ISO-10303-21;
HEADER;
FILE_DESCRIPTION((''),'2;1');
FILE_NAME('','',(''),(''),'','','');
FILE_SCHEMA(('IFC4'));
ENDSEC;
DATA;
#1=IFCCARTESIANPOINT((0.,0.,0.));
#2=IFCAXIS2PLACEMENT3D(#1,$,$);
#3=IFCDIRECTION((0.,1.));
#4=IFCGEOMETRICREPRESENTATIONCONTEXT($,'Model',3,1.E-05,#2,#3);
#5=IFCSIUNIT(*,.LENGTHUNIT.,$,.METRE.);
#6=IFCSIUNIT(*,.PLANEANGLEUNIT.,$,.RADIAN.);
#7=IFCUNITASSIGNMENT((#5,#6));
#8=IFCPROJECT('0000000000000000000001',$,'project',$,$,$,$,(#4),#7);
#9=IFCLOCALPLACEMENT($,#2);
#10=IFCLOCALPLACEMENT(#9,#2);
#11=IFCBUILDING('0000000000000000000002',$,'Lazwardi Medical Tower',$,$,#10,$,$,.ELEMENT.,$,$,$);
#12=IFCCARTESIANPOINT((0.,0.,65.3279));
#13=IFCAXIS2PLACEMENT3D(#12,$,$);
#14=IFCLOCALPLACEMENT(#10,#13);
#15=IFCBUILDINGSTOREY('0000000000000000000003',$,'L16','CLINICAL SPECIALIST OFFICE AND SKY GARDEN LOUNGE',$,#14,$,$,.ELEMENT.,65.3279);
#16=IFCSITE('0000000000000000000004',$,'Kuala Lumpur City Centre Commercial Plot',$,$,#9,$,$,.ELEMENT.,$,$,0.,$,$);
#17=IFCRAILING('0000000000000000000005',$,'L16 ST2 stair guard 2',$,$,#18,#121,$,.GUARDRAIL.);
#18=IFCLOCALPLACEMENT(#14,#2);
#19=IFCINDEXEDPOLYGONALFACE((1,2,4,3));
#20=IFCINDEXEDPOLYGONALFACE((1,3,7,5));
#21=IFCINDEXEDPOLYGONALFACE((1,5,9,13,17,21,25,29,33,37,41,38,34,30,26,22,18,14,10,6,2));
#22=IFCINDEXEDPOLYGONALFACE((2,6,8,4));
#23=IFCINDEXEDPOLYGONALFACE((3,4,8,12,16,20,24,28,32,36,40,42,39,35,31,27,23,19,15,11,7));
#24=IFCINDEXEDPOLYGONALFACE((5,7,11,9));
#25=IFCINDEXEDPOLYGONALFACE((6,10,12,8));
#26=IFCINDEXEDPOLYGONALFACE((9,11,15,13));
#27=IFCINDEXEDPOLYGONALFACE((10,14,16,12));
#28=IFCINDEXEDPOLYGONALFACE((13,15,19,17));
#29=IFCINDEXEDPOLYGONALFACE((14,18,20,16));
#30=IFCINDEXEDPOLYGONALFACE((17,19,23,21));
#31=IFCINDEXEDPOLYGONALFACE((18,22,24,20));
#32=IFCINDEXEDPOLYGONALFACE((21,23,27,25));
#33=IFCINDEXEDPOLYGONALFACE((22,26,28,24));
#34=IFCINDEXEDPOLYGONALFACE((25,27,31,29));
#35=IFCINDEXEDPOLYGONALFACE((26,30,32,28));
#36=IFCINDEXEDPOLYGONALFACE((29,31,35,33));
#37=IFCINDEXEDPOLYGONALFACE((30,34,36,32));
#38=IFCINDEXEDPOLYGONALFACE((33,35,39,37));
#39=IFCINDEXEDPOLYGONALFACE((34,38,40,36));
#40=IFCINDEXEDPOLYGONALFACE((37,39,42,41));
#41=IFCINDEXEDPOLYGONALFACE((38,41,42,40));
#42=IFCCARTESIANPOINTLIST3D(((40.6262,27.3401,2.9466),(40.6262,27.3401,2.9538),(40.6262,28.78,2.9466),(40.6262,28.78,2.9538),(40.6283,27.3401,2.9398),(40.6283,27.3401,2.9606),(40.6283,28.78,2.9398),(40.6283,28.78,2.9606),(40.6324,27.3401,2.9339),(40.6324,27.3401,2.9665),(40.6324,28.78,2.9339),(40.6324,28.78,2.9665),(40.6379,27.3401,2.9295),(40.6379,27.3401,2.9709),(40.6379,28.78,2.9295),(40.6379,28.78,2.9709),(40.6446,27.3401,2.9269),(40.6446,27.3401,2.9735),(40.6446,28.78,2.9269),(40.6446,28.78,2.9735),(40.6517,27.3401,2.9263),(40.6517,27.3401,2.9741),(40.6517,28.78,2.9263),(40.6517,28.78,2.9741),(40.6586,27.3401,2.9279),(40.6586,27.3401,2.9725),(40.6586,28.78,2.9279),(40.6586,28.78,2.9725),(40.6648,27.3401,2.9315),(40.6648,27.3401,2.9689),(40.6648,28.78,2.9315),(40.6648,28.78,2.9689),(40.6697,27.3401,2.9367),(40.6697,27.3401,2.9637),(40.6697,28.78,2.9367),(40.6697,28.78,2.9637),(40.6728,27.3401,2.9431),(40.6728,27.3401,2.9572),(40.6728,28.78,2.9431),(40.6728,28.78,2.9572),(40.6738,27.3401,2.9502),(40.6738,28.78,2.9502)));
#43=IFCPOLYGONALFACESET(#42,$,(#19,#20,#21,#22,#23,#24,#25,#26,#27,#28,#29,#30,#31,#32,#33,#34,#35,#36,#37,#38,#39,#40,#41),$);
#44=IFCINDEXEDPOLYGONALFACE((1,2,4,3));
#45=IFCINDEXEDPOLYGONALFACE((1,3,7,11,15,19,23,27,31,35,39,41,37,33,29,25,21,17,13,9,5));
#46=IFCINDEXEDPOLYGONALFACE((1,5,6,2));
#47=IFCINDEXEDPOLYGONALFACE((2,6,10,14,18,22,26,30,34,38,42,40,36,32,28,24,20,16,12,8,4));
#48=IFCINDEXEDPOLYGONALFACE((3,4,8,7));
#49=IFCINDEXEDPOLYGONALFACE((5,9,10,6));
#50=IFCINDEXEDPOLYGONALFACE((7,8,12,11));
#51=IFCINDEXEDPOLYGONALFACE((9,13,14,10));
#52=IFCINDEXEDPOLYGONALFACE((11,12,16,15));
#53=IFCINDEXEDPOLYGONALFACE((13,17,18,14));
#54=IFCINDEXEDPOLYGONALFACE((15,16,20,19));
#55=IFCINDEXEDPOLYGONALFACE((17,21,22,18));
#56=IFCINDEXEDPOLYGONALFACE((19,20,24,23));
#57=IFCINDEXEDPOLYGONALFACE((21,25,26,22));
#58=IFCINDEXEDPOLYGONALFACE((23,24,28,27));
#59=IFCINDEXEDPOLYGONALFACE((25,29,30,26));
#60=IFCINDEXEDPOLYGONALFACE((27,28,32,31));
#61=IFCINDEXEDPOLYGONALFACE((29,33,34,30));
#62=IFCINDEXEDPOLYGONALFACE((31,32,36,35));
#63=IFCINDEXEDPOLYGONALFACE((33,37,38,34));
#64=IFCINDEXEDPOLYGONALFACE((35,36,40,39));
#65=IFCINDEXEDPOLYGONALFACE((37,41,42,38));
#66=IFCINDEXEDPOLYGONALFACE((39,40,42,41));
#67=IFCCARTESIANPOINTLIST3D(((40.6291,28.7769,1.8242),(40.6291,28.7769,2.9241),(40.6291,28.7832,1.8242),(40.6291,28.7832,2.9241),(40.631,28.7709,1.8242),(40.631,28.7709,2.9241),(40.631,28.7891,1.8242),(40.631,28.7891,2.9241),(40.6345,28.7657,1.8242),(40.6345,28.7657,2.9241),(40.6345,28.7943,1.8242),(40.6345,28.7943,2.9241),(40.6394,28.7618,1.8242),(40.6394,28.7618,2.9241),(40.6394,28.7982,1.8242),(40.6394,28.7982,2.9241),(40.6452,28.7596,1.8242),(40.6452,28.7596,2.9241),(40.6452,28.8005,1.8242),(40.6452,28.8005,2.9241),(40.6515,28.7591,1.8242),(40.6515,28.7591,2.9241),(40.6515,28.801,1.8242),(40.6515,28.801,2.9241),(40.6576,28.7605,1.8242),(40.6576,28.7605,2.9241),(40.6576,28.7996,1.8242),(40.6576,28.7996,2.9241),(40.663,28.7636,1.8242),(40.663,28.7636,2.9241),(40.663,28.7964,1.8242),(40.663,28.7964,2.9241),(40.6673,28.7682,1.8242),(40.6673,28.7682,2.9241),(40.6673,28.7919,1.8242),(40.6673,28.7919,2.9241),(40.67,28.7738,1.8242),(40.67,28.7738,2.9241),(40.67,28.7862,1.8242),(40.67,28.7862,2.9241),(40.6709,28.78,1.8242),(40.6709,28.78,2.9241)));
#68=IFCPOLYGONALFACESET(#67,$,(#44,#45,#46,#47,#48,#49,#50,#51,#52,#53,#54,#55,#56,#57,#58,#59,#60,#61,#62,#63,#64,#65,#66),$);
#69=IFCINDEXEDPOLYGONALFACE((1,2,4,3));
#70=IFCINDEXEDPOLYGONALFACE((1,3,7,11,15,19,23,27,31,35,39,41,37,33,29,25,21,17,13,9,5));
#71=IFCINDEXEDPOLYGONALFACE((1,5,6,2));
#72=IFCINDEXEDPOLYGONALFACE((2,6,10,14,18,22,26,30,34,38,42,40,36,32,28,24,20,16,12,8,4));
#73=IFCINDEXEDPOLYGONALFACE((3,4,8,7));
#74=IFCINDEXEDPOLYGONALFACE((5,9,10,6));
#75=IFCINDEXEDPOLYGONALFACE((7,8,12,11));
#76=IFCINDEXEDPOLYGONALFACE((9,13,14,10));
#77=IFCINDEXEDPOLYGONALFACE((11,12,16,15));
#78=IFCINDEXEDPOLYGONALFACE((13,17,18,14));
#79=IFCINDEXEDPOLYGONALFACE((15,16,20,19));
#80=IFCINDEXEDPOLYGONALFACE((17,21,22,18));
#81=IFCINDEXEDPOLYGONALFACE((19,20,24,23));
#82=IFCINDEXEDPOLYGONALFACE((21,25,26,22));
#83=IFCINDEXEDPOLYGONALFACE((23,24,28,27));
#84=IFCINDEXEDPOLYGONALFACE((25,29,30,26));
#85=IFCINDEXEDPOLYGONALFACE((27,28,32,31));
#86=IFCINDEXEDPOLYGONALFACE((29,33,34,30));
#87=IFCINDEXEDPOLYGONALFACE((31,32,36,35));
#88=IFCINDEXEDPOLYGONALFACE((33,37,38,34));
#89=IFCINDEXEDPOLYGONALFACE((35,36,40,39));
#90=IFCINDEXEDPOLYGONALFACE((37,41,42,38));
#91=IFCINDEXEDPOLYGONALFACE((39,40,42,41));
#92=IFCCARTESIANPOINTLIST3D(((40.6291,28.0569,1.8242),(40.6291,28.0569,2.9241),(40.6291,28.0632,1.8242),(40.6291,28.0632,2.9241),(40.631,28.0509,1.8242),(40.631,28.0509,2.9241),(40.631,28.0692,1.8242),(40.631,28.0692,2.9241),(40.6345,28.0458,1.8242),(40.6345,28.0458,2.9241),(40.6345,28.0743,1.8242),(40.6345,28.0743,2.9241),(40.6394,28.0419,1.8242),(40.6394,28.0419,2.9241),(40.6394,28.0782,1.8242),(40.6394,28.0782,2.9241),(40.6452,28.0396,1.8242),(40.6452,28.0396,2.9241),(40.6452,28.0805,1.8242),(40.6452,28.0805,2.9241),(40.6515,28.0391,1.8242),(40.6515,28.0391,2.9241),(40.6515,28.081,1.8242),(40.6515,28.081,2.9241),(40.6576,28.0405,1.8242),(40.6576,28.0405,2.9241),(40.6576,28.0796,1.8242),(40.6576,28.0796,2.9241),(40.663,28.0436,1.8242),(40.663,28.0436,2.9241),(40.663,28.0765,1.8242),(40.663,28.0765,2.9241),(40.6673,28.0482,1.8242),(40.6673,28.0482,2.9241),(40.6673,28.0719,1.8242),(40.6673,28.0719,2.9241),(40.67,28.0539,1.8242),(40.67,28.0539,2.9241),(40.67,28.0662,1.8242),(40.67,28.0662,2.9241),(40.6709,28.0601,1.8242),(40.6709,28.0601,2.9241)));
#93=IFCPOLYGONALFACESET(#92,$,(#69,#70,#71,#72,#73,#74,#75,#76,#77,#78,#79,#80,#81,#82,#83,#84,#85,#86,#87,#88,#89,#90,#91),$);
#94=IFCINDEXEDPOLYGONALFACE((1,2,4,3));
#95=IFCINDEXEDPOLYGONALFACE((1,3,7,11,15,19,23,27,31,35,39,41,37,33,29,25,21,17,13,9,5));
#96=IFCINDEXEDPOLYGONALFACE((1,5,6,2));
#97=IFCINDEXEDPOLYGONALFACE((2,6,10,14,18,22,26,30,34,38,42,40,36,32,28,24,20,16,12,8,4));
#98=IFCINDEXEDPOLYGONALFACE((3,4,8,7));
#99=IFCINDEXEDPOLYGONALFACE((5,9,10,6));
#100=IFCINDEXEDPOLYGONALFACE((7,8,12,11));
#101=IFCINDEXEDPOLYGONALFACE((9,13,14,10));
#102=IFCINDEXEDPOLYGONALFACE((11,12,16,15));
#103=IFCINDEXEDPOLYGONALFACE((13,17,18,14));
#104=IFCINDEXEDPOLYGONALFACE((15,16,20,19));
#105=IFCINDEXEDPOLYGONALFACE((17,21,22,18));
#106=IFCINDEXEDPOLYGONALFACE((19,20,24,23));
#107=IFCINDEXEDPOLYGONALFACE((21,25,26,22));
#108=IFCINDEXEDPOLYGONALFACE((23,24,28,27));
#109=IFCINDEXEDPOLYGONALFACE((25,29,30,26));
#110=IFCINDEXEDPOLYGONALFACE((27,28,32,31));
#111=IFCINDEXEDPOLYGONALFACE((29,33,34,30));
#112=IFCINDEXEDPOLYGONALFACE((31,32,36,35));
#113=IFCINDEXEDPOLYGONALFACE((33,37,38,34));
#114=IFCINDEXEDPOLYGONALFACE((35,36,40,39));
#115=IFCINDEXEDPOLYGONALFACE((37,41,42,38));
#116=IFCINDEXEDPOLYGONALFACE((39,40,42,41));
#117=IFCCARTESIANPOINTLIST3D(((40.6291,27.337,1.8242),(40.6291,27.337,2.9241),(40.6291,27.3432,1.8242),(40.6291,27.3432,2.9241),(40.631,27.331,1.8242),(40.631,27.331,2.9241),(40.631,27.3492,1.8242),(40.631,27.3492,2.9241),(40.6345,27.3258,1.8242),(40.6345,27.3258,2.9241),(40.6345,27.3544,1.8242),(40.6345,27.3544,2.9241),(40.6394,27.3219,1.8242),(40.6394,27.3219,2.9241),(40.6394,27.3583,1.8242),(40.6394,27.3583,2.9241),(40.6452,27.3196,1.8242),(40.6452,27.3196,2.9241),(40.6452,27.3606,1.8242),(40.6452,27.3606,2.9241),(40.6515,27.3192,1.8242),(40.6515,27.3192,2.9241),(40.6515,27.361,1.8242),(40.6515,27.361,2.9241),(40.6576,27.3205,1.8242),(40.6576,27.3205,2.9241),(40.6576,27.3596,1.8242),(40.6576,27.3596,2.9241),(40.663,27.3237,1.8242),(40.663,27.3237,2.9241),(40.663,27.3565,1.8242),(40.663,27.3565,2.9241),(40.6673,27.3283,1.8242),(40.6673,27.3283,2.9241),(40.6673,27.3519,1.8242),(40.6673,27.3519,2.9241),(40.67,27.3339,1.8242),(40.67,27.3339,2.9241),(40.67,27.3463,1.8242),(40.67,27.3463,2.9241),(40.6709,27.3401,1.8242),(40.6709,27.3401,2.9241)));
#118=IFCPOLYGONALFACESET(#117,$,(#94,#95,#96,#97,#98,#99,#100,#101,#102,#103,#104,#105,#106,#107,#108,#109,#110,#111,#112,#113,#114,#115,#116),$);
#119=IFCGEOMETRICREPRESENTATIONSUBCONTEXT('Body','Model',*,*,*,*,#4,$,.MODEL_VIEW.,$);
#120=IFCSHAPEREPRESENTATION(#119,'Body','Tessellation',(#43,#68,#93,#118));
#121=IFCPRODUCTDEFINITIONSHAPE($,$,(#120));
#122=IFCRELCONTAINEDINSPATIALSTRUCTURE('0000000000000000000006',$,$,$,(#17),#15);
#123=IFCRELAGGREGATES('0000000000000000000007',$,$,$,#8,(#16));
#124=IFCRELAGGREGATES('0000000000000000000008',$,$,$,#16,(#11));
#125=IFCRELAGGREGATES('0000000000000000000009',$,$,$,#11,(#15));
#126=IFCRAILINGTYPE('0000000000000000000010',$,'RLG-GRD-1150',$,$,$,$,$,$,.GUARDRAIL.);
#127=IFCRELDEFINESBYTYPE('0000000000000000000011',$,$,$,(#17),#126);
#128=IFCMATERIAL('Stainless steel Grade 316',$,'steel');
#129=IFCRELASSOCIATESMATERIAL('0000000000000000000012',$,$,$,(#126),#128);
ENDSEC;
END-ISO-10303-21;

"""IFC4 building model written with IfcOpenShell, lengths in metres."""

from ifc_helpers import new_model, si_unit, direction, frame, origin, origin_2d, place, context, subcontext, project, spatial, circle, extrude, material, type_object, element, save


model = new_model("IFC4")

# Units and contexts
model_context = context("Model", 3, precision=1e-05, world=origin(), true_north=direction((0.0, 1.0)))
body_context = subcontext(model_context, "Body", "Model", "MODEL_VIEW")
ifc_project = project(units=[si_unit("LENGTHUNIT", "METRE"), si_unit("PLANEANGLEUNIT", "RADIAN")], contexts=[model_context])

# Site, building, storey
site_placement = place(None, origin())
site = spatial("IfcSite", under=ifc_project, at=site_placement, Name="Kuala Lumpur City Centre Commercial Plot", CompositionType="ELEMENT", RefElevation=0.0)
building_placement = place(site_placement, origin())
building = spatial("IfcBuilding", under=site, at=building_placement, Name="Lazwardi Medical Tower", CompositionType="ELEMENT")
storey_placement = place(building_placement, frame((0.0, 0.0, 65.3279)))
storey = spatial("IfcBuildingStorey", under=building, at=storey_placement, Name="L16", Description="CLINICAL SPECIALIST OFFICE AND SKY GARDEN LOUNGE", CompositionType="ELEMENT", Elevation=65.3279)

# Railing
ifc_material_1 = material(Name="Stainless steel Grade 316", Category="steel")
railing_type_1 = type_object("IfcRailingType", Name="RLG-GRD-1150", PredefinedType="GUARDRAIL", material=ifc_material_1)
railing_1_placement = place(storey_placement, frame((40.6499, 28.78, 1.8242)))
element("IfcRailing", 1, at=railing_1_placement, inside=storey, type_object=railing_type_1, Name="L16 ST2 stair guard 2", PredefinedType="GUARDRAIL", context=body_context, shape_type="SweptSolid", body=[
    extrude(circle(Radius=0.0239, at=origin_2d()), frame((0.0, 0.0, 1.126), z_axis=(0.0, -1.0, 0.0), x_axis=(1.0, 0.0, 0.0)), (0.0, 0.0, 1.0), 1.4399),
    extrude(circle(Radius=0.021, at=origin_2d()), origin(), (0.0, 0.0, 1.0), 1.0999),
    extrude(circle(Radius=0.021, at=origin_2d()), frame((0.0, -0.72, 0.0)), (0.0, 0.0, 1.0), 1.0999),
    extrude(circle(Radius=0.021, at=origin_2d()), frame((0.0, -1.4399, 0.0)), (0.0, 0.0, 1.0), 1.0999),
])

save(model, "model.ifc")
